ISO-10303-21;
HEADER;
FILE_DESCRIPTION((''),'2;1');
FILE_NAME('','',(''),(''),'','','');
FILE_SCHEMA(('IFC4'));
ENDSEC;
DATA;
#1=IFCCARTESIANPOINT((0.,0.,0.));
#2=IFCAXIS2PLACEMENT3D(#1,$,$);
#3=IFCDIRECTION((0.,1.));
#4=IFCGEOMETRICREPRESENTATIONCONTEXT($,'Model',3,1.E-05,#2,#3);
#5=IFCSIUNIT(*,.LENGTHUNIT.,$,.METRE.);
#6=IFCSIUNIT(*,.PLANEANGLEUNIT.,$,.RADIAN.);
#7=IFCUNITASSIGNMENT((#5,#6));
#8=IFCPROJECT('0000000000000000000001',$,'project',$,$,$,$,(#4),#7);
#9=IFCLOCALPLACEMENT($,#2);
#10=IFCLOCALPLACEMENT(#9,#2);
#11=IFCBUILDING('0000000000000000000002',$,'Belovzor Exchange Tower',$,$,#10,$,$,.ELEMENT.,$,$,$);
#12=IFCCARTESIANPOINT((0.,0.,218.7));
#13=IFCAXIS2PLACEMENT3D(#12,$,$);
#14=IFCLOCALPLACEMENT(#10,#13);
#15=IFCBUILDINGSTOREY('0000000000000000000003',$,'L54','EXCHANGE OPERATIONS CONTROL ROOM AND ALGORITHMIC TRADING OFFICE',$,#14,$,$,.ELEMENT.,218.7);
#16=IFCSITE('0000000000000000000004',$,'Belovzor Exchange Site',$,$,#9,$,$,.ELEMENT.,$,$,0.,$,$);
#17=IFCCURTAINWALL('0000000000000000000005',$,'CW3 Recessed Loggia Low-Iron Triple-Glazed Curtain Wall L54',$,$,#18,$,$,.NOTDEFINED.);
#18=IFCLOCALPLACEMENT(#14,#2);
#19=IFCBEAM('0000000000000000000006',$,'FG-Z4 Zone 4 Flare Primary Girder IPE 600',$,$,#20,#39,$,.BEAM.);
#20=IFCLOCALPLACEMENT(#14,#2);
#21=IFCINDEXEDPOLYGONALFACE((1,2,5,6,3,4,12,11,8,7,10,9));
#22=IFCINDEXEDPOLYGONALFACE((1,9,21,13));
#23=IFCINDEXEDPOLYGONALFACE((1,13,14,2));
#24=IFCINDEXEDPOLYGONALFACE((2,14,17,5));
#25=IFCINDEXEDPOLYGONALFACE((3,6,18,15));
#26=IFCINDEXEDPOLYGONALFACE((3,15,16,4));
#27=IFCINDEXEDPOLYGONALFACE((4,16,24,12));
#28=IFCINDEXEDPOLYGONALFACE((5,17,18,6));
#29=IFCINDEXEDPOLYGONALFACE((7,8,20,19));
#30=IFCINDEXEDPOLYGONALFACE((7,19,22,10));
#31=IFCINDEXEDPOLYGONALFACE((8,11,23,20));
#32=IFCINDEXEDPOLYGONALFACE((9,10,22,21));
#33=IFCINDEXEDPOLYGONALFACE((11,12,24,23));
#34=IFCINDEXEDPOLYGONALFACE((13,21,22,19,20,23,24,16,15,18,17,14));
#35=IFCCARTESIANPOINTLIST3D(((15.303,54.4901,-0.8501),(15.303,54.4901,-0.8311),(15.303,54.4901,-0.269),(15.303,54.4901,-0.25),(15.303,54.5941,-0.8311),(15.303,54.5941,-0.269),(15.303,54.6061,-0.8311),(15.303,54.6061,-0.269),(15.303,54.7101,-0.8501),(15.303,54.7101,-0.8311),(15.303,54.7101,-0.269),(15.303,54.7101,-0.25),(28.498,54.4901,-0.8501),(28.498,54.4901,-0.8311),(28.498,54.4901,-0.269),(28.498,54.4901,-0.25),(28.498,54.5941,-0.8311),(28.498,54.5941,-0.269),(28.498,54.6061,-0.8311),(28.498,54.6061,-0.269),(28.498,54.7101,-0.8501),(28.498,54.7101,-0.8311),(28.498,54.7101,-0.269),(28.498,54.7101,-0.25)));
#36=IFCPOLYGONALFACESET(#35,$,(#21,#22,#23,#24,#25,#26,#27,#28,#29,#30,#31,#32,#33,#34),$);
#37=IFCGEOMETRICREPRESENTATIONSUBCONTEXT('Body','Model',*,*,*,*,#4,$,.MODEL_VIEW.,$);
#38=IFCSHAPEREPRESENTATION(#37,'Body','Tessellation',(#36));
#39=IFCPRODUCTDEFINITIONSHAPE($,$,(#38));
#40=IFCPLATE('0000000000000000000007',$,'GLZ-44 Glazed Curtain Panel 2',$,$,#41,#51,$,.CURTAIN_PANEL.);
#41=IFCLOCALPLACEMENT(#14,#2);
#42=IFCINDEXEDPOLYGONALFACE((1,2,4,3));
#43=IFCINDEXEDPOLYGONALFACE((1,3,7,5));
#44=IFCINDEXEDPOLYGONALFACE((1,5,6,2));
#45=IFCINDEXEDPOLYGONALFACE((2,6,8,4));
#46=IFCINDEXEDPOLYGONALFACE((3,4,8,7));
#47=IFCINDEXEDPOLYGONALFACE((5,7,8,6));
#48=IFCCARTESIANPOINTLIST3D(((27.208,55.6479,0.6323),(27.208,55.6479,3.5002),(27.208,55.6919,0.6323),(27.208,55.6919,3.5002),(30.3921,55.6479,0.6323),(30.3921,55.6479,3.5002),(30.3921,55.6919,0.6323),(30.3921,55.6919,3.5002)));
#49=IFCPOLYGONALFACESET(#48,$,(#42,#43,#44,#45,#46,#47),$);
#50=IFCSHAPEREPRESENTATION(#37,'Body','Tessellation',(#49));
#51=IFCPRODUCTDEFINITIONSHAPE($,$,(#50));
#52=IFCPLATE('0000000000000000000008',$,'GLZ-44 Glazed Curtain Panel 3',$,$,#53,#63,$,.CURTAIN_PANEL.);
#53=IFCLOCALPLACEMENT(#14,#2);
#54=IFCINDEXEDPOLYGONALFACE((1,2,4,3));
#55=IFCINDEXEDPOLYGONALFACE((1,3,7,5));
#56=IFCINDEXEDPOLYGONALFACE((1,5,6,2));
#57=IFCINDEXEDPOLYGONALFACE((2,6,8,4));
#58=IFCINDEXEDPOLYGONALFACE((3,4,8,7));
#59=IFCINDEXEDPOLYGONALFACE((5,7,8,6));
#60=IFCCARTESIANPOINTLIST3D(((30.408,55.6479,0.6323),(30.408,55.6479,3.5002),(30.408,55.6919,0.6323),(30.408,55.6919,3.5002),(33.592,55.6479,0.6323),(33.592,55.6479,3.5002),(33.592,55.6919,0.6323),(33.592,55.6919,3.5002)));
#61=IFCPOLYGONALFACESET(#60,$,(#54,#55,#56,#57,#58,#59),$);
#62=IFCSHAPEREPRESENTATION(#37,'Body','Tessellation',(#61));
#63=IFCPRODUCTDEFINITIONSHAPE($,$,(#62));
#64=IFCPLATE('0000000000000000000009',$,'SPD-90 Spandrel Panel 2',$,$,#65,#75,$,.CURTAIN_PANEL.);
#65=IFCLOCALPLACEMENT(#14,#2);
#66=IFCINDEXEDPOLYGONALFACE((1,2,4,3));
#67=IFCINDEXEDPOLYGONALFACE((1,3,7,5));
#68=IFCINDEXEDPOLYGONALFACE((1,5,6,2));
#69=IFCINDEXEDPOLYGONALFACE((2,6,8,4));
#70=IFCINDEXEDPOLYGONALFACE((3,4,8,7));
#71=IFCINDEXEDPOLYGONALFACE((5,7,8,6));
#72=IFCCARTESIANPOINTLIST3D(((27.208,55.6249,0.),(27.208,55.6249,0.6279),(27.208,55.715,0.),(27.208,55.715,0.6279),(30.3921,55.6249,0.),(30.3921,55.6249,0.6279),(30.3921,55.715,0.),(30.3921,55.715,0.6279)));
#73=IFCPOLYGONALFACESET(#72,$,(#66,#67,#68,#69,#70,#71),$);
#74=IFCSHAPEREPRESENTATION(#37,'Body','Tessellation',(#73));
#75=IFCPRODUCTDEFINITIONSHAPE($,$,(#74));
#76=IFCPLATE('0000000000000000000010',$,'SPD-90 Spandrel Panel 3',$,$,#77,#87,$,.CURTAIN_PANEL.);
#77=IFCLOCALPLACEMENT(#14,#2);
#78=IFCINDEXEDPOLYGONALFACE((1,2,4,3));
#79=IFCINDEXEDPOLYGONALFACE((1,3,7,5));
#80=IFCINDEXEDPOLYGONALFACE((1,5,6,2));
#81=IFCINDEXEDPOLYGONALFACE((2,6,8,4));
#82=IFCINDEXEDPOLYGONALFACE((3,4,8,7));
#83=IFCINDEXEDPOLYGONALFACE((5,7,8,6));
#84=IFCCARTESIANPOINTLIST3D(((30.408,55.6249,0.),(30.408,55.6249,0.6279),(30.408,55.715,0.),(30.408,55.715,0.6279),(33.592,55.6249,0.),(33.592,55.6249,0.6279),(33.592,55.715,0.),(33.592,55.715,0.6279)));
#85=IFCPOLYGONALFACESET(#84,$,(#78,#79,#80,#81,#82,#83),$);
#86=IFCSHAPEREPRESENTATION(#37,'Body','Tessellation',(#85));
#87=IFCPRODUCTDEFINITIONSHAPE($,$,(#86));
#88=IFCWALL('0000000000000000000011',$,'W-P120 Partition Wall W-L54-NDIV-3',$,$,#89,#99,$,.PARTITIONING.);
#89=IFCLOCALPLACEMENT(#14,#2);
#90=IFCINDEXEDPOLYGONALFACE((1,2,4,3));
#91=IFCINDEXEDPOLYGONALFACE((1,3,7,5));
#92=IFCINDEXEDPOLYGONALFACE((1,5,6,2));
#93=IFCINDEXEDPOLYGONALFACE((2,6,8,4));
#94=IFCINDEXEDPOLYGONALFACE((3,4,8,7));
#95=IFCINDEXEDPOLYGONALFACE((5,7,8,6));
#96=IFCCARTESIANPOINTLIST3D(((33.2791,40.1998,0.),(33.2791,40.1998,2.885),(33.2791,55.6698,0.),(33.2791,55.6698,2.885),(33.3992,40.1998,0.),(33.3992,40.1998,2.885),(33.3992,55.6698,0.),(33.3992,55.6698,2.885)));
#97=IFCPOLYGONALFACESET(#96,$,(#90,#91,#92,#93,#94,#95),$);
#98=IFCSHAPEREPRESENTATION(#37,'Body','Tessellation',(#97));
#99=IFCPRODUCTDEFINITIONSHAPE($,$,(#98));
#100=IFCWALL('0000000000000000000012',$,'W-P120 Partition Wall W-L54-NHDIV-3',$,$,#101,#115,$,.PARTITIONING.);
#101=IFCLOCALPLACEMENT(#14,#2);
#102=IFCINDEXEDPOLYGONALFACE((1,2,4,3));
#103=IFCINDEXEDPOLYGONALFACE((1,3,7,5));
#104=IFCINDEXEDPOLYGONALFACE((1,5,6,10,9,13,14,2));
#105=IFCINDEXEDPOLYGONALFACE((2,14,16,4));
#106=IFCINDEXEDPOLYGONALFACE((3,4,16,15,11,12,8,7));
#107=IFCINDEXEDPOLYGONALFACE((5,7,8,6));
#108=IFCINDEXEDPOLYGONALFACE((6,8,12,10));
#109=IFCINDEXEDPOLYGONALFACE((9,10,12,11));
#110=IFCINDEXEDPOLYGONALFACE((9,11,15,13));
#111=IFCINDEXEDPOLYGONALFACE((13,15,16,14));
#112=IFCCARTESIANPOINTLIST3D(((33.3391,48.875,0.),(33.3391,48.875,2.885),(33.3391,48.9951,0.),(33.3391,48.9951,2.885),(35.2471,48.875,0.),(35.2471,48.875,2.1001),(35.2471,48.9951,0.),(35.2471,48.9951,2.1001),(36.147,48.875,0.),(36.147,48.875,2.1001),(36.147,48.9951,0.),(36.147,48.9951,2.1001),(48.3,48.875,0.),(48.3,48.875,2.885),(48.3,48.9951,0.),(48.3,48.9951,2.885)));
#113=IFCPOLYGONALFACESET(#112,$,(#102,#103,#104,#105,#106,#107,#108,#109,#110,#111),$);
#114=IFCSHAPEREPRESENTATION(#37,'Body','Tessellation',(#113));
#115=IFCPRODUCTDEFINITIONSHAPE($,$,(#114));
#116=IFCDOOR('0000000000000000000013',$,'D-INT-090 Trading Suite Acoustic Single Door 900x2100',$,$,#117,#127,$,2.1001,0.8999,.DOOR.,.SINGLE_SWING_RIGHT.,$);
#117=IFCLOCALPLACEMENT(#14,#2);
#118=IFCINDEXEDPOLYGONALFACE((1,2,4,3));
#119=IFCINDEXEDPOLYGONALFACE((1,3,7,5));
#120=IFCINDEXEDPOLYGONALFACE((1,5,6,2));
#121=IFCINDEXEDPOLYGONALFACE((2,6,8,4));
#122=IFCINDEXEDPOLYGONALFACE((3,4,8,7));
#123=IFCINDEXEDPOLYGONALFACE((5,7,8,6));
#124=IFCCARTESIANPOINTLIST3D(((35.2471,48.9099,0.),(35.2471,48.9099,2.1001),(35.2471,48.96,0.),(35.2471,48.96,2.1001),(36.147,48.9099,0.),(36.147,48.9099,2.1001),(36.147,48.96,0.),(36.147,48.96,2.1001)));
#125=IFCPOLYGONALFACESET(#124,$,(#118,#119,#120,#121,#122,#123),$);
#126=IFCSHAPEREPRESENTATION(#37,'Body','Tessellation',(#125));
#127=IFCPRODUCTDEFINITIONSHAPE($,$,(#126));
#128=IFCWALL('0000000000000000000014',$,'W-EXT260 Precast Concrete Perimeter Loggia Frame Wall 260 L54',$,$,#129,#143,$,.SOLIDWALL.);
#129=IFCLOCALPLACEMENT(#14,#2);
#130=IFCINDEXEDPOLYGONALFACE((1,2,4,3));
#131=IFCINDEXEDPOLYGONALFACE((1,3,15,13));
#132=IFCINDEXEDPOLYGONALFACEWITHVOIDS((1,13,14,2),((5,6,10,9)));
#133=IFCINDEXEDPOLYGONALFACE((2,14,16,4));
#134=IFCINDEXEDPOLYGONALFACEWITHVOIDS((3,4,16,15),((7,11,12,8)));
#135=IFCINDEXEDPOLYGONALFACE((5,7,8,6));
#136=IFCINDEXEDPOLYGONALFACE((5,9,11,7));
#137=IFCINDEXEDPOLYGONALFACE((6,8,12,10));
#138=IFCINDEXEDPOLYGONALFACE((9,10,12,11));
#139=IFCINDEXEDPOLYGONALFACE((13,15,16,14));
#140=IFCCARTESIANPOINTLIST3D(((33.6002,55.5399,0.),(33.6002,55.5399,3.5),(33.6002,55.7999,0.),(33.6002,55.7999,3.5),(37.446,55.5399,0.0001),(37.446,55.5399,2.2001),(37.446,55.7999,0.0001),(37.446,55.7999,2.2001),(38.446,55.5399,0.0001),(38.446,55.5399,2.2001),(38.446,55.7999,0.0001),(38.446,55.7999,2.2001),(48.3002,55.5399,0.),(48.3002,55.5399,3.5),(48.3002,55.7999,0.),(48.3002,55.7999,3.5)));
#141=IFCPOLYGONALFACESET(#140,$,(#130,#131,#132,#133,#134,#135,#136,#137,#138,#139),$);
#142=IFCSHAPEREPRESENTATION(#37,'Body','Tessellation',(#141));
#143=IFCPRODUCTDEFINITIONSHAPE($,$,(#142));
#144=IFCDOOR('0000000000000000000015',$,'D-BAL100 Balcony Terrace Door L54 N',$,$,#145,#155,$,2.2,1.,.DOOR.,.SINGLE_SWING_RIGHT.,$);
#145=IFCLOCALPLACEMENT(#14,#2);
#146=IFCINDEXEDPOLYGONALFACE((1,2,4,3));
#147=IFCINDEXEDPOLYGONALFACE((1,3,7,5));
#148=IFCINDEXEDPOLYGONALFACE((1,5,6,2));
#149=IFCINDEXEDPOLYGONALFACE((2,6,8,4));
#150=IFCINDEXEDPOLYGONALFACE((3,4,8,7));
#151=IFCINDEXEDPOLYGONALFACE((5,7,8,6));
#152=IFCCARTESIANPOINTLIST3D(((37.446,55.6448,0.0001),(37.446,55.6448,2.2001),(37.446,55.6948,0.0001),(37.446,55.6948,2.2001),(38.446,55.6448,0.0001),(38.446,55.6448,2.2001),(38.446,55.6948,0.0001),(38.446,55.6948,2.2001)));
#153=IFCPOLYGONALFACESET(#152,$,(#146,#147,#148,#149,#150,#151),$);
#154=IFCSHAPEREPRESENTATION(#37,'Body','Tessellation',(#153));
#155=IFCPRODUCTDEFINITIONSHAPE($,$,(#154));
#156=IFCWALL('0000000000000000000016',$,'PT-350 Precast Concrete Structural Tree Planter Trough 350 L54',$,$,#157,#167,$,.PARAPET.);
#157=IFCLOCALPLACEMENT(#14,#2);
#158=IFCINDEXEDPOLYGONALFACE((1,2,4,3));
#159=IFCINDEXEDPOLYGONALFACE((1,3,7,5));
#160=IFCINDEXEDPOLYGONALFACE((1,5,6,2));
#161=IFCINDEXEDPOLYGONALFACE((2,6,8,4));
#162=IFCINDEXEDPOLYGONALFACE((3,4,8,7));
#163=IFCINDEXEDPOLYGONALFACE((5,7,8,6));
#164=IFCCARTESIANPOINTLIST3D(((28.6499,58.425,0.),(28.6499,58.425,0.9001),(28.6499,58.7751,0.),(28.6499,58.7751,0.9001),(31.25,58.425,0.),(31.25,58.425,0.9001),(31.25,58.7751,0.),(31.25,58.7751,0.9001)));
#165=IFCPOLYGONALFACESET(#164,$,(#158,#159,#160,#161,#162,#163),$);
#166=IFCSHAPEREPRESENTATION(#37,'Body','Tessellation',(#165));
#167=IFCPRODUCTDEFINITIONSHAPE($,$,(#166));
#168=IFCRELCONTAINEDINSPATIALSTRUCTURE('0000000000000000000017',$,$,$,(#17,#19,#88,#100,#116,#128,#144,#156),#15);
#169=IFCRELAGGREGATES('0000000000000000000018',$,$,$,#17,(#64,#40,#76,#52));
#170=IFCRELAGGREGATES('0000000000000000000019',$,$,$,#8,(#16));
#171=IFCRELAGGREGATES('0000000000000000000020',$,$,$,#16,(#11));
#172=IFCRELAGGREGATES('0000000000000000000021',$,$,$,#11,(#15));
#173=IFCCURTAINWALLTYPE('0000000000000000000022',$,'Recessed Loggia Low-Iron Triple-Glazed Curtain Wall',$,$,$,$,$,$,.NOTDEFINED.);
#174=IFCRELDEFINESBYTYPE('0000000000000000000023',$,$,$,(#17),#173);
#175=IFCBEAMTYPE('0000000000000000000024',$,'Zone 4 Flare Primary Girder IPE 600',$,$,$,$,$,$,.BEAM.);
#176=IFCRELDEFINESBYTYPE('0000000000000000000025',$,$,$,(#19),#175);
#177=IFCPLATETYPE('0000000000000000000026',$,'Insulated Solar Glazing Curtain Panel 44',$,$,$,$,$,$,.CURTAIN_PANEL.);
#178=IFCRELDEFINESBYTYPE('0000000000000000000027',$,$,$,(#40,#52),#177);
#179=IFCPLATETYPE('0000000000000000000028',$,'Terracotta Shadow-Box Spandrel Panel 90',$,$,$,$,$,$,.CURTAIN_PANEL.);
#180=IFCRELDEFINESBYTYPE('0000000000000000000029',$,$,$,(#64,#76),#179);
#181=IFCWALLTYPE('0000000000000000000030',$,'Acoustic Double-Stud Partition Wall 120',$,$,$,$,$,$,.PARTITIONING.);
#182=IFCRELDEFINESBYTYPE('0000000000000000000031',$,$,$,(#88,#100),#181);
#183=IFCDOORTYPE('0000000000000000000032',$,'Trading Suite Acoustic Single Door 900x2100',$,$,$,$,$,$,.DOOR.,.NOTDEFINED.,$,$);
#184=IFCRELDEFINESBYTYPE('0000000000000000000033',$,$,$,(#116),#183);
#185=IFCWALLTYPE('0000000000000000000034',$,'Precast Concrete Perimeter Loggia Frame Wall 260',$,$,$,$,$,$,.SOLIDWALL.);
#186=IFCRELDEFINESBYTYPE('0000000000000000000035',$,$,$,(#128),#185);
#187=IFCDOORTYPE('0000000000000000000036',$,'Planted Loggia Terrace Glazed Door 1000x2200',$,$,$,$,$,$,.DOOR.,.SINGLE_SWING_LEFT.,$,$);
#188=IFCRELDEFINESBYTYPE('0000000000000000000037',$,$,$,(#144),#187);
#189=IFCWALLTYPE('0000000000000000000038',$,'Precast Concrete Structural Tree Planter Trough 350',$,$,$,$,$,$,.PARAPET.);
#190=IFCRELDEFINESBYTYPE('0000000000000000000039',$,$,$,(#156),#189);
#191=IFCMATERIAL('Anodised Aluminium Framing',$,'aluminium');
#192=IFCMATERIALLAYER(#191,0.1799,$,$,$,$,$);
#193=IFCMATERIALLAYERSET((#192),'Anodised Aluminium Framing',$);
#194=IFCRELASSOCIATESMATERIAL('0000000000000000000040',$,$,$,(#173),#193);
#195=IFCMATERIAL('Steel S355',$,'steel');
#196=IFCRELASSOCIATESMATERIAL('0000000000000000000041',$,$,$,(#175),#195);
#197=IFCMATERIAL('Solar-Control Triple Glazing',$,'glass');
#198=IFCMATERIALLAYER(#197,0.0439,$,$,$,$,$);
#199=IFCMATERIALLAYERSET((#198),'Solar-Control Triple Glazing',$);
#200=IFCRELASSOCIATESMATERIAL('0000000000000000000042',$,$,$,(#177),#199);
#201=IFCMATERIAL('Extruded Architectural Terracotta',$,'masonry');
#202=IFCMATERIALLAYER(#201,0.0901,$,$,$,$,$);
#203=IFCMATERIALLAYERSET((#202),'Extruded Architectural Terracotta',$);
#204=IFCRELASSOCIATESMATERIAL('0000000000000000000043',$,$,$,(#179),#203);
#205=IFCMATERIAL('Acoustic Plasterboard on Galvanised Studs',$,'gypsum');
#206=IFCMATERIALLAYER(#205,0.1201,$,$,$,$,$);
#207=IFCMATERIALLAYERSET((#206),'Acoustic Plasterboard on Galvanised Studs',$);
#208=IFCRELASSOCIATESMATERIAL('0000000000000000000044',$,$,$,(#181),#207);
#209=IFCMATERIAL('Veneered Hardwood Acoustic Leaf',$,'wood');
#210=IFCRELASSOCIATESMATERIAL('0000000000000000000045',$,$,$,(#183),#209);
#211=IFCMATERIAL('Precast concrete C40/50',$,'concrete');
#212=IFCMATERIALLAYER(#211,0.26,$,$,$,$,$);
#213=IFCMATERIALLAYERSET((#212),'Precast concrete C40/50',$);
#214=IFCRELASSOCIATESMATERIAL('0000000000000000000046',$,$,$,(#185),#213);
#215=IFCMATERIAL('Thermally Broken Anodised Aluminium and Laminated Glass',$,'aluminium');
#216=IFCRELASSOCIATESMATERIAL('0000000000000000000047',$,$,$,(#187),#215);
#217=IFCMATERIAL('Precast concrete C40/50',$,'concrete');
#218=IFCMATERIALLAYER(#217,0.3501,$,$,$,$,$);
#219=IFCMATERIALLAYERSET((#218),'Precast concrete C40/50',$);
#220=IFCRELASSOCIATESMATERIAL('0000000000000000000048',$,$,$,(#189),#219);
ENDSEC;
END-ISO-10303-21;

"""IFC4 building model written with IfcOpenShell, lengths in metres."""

from ifc_helpers import new_model, si_unit, direction, frame, frame_2d, origin, origin_2d, place, context, subcontext, project, spatial, rectangle, i_section, extrude, material, layer, layer_set, material_profile, profile_set, type_object, element, fill, aggregate, save


model = new_model("IFC4")

# Units and contexts
model_context = context("Model", 3, precision=1e-05, world=origin(), true_north=direction((0.0, 1.0)))
body_context = subcontext(model_context, "Body", "Model", "MODEL_VIEW")
ifc_project = project(units=[si_unit("LENGTHUNIT", "METRE"), si_unit("PLANEANGLEUNIT", "RADIAN")], contexts=[model_context])

# Site, building, storey
site_placement = place(None, origin())
site = spatial("IfcSite", under=ifc_project, at=site_placement, Name="Belovzor Exchange Site", CompositionType="ELEMENT", RefElevation=0.0)
building_placement = place(site_placement, origin())
building = spatial("IfcBuilding", under=site, at=building_placement, Name="Belovzor Exchange Tower", CompositionType="ELEMENT")
storey_placement = place(building_placement, frame((0.0, 0.0, 218.7)))
storey = spatial("IfcBuildingStorey", under=building, at=storey_placement, Name="L54", Description="EXCHANGE OPERATIONS CONTROL ROOM AND ALGORITHMIC TRADING OFFICE", CompositionType="ELEMENT", Elevation=218.7)

# Curtain wall
ifc_material_1 = material(Name="Anodised Aluminium Framing", Category="aluminium")
ifc_layer_1 = layer(ifc_material_1, 0.1799)
ifc_layer_set_1 = layer_set([ifc_layer_1], Name="Anodised Aluminium Framing")
curtain_wall_type = type_object("IfcCurtainWallType", Name="Recessed Loggia Low-Iron Triple-Glazed Curtain Wall", PredefinedType="NOTDEFINED", material=ifc_layer_set_1)
curtain_wall_placement = place(storey_placement, origin())
curtain_wall = element("IfcCurtainWall", 1, at=curtain_wall_placement, inside=storey, type_object=curtain_wall_type, Name="CW3 Recessed Loggia Low-Iron Triple-Glazed Curtain Wall L54", PredefinedType="NOTDEFINED")

# Beam
ifc_material_2 = material(Name="Steel S355", Category="steel")
ifc_material_profile_1 = material_profile(ifc_material_2, i_section(OverallWidth=0.22, OverallDepth=0.6001, WebThickness=0.012, FlangeThickness=0.019, at=origin_2d()))
ifc_profile_set_1 = profile_set([ifc_material_profile_1], Name="Steel S355")
beam_type_1 = type_object("IfcBeamType", Name="Zone 4 Flare Primary Girder IPE 600", PredefinedType="BEAM", material=ifc_profile_set_1)
beam_1_placement = place(storey_placement, frame((28.498, 54.6001, -0.55), z_axis=(-1.0, 0.0, 0.0), x_axis=(0.0, -1.0, 0.0)))
element("IfcBeam", 2, at=beam_1_placement, inside=storey, type_object=beam_type_1, Name="FG-Z4 Zone 4 Flare Primary Girder IPE 600", PredefinedType="BEAM", context=body_context, shape_type="SweptSolid", body=[
    extrude(i_section(OverallWidth=0.22, OverallDepth=0.6001, WebThickness=0.012, FlangeThickness=0.019, at=origin_2d()), origin(), (0.0, 0.0, 1.0), 13.1951),
])

# Plates
ifc_material_3 = material(Name="Solar-Control Triple Glazing", Category="glass")
ifc_layer_2 = layer(ifc_material_3, 0.0439)
ifc_layer_set_2 = layer_set([ifc_layer_2], Name="Solar-Control Triple Glazing")
plate_type_1 = type_object("IfcPlateType", Name="Insulated Solar Glazing Curtain Panel 44", PredefinedType="CURTAIN_PANEL", material=ifc_layer_set_2)
plate_1_placement = place(storey_placement, frame((28.8, 55.6699, 0.6323), z_axis=(0.0, 0.0, 1.0), x_axis=(1.0, 0.0, 0.0)))
plate_1 = element("IfcPlate", 3, at=plate_1_placement, type_object=plate_type_1, Name="GLZ-44 Glazed Curtain Panel 2", PredefinedType="CURTAIN_PANEL", context=body_context, shape_type="SweptSolid", body=[
    extrude(rectangle(XDim=3.1841, YDim=0.0439, at=origin_2d()), origin(), (0.0, 0.0, 1.0), 2.8679),
])
plate_2_placement = place(storey_placement, frame((32.0, 55.6699, 0.6323), z_axis=(0.0, 0.0, 1.0), x_axis=(1.0, 0.0, 0.0)))
plate_2 = element("IfcPlate", 4, at=plate_2_placement, type_object=plate_type_1, Name="GLZ-44 Glazed Curtain Panel 3", PredefinedType="CURTAIN_PANEL", context=body_context, shape_type="SweptSolid", body=[
    extrude(rectangle(XDim=3.1841, YDim=0.0439, at=origin_2d()), origin(), (0.0, 0.0, 1.0), 2.8679),
])
ifc_material_4 = material(Name="Extruded Architectural Terracotta", Category="masonry")
ifc_layer_3 = layer(ifc_material_4, 0.0901)
ifc_layer_set_3 = layer_set([ifc_layer_3], Name="Extruded Architectural Terracotta")
plate_type_2 = type_object("IfcPlateType", Name="Terracotta Shadow-Box Spandrel Panel 90", PredefinedType="CURTAIN_PANEL", material=ifc_layer_set_3)
plate_3_placement = place(storey_placement, frame((28.8, 55.6699, 0.0), z_axis=(0.0, 0.0, 1.0), x_axis=(1.0, 0.0, 0.0)))
plate_3 = element("IfcPlate", 5, at=plate_3_placement, type_object=plate_type_2, Name="SPD-90 Spandrel Panel 2", PredefinedType="CURTAIN_PANEL", context=body_context, shape_type="SweptSolid", body=[
    extrude(rectangle(XDim=3.1841, YDim=0.0901, at=origin_2d()), origin(), (0.0, 0.0, 1.0), 0.6279),
])
plate_4_placement = place(storey_placement, frame((32.0, 55.6699, 0.0), z_axis=(0.0, 0.0, 1.0), x_axis=(1.0, 0.0, 0.0)))
plate_4 = element("IfcPlate", 6, at=plate_4_placement, type_object=plate_type_2, Name="SPD-90 Spandrel Panel 3", PredefinedType="CURTAIN_PANEL", context=body_context, shape_type="SweptSolid", body=[
    extrude(rectangle(XDim=3.1841, YDim=0.0901, at=origin_2d()), origin(), (0.0, 0.0, 1.0), 0.6279),
])
aggregate(curtain_wall, [plate_3, plate_1, plate_4, plate_2])

# Wall
ifc_material_5 = material(Name="Acoustic Plasterboard on Galvanised Studs", Category="gypsum")
ifc_layer_4 = layer(ifc_material_5, 0.1201)
ifc_layer_set_4 = layer_set([ifc_layer_4], Name="Acoustic Plasterboard on Galvanised Studs")
wall_type_1 = type_object("IfcWallType", Name="Acoustic Double-Stud Partition Wall 120", PredefinedType="PARTITIONING", material=ifc_layer_set_4)
wall_1_placement = place(storey_placement, frame((33.3391, 40.2, 0.0), z_axis=(0.0, 0.0, 1.0), x_axis=(0.0, 1.0, 0.0)))
element("IfcWall", 7, at=wall_1_placement, inside=storey, type_object=wall_type_1, Name="W-P120 Partition Wall W-L54-NDIV-3", PredefinedType="PARTITIONING", context=body_context, shape_type="SweptSolid", body=[
    extrude(rectangle(XDim=15.47, YDim=0.1201, at=frame_2d((7.7349, 0.0))), origin(), (0.0, 0.0, 1.0), 2.885),
])

# Walls, openings, doors
wall_2_placement = place(storey_placement, frame((33.3391, 48.9351, 0.0), z_axis=(0.0, 0.0, 1.0), x_axis=(1.0, 0.0, 0.0)))
wall_2 = element("IfcWall", 8, at=wall_2_placement, inside=storey, type_object=wall_type_1, Name="W-P120 Partition Wall W-L54-NHDIV-3", PredefinedType="PARTITIONING", context=body_context, shape_type="SweptSolid", body=[
    extrude(rectangle(XDim=14.9609, YDim=0.1201, at=frame_2d((7.4805, 0.0))), origin(), (0.0, 0.0, 1.0), 2.885),
])
opening_1_placement = place(wall_2_placement, frame((1.908, 0.0, 0.0)))
opening_1 = element("IfcOpeningElement", 9, at=opening_1_placement, cuts=wall_2, PredefinedType="OPENING", context=body_context, shape_type="SweptSolid", body=[
    extrude(rectangle(XDim=0.8999, YDim=2.1001, at=frame_2d((0.45, 1.05))), frame((0.0, 0.0701, 0.0), z_axis=(0.0, -1.0, 0.0), x_axis=(1.0, 0.0, 0.0)), (0.0, 0.0, 1.0), 0.1401),
])
ifc_material_6 = material(Name="Veneered Hardwood Acoustic Leaf", Category="wood")
door_type_1 = type_object("IfcDoorType", Name="Trading Suite Acoustic Single Door 900x2100", OperationType="NOTDEFINED", PredefinedType="DOOR", material=ifc_material_6)
door_1_placement = place(opening_1_placement, origin())
door_1 = element("IfcDoor", 10, at=door_1_placement, inside=storey, type_object=door_type_1, Name="D-INT-090 Trading Suite Acoustic Single Door 900x2100", OperationType="SINGLE_SWING_RIGHT", OverallHeight=2.1001, OverallWidth=0.8999, PredefinedType="DOOR", context=body_context, shape_type="SweptSolid", body=[
    extrude(rectangle(XDim=0.8999, YDim=2.1001, at=frame_2d((0.45, 1.05))), frame((0.0, 0.0249, 0.0), z_axis=(0.0, -1.0, 0.0), x_axis=(1.0, 0.0, 0.0)), (0.0, 0.0, 1.0), 0.05),
])
fill(opening_1, door_1)
ifc_material_7 = material(Name="Precast concrete C40/50", Category="concrete")
ifc_layer_5 = layer(ifc_material_7, 0.26)
ifc_layer_set_5 = layer_set([ifc_layer_5], Name="Precast concrete C40/50")
wall_type_2 = type_object("IfcWallType", Name="Precast Concrete Perimeter Loggia Frame Wall 260", PredefinedType="SOLIDWALL", material=ifc_layer_set_5)
wall_3_placement = place(storey_placement, frame((33.6001, 55.6699, 0.0), z_axis=(0.0, 0.0, 1.0), x_axis=(1.0, 0.0, 0.0)))
wall_3 = element("IfcWall", 11, at=wall_3_placement, inside=storey, type_object=wall_type_2, Name="W-EXT260 Precast Concrete Perimeter Loggia Frame Wall 260 L54", PredefinedType="SOLIDWALL", context=body_context, shape_type="SweptSolid", body=[
    extrude(rectangle(XDim=14.7, YDim=0.26, at=frame_2d((7.3501, 0.0))), origin(), (0.0, 0.0, 1.0), 3.5),
])
opening_2_placement = place(wall_3_placement, frame((3.8459, 0.0, 0.0)))
opening_2 = element("IfcOpeningElement", 12, at=opening_2_placement, cuts=wall_3, PredefinedType="OPENING", context=body_context, shape_type="SweptSolid", body=[
    extrude(rectangle(XDim=1.0, YDim=2.2, at=frame_2d((0.5, 1.1001))), frame((0.0, 0.1399, 0.0), z_axis=(0.0, -1.0, 0.0), x_axis=(1.0, 0.0, 0.0)), (0.0, 0.0, 1.0), 0.28),
])
ifc_material_8 = material(Name="Thermally Broken Anodised Aluminium and Laminated Glass", Category="aluminium")
door_type_2 = type_object("IfcDoorType", Name="Planted Loggia Terrace Glazed Door 1000x2200", OperationType="SINGLE_SWING_LEFT", PredefinedType="DOOR", material=ifc_material_8)
door_2_placement = place(opening_2_placement, origin())
door_2 = element("IfcDoor", 13, at=door_2_placement, inside=storey, type_object=door_type_2, Name="D-BAL100 Balcony Terrace Door L54 N", OperationType="SINGLE_SWING_RIGHT", OverallHeight=2.2, OverallWidth=1.0, PredefinedType="DOOR", context=body_context, shape_type="SweptSolid", body=[
    extrude(rectangle(XDim=1.0, YDim=2.2, at=frame_2d((0.5, 1.1001))), frame((0.0, 0.0249, 0.0), z_axis=(0.0, -1.0, 0.0), x_axis=(1.0, 0.0, 0.0)), (0.0, 0.0, 1.0), 0.05),
])
fill(opening_2, door_2)

# Wall
ifc_material_9 = material(Name="Precast concrete C40/50", Category="concrete")
ifc_layer_6 = layer(ifc_material_9, 0.3501)
ifc_layer_set_6 = layer_set([ifc_layer_6], Name="Precast concrete C40/50")
wall_type_3 = type_object("IfcWallType", Name="Precast Concrete Structural Tree Planter Trough 350", PredefinedType="PARAPET", material=ifc_layer_set_6)
wall_4_placement = place(storey_placement, frame((28.6499, 58.6001, 0.0), z_axis=(0.0, 0.0, 1.0), x_axis=(1.0, 0.0, 0.0)))
element("IfcWall", 14, at=wall_4_placement, inside=storey, type_object=wall_type_3, Name="PT-350 Precast Concrete Structural Tree Planter Trough 350 L54", PredefinedType="PARAPET", context=body_context, shape_type="SweptSolid", body=[
    extrude(rectangle(XDim=2.6001, YDim=0.3501, at=frame_2d((1.3, 0.0))), origin(), (0.0, 0.0, 1.0), 0.9001),
])

save(model, "model.ifc")
